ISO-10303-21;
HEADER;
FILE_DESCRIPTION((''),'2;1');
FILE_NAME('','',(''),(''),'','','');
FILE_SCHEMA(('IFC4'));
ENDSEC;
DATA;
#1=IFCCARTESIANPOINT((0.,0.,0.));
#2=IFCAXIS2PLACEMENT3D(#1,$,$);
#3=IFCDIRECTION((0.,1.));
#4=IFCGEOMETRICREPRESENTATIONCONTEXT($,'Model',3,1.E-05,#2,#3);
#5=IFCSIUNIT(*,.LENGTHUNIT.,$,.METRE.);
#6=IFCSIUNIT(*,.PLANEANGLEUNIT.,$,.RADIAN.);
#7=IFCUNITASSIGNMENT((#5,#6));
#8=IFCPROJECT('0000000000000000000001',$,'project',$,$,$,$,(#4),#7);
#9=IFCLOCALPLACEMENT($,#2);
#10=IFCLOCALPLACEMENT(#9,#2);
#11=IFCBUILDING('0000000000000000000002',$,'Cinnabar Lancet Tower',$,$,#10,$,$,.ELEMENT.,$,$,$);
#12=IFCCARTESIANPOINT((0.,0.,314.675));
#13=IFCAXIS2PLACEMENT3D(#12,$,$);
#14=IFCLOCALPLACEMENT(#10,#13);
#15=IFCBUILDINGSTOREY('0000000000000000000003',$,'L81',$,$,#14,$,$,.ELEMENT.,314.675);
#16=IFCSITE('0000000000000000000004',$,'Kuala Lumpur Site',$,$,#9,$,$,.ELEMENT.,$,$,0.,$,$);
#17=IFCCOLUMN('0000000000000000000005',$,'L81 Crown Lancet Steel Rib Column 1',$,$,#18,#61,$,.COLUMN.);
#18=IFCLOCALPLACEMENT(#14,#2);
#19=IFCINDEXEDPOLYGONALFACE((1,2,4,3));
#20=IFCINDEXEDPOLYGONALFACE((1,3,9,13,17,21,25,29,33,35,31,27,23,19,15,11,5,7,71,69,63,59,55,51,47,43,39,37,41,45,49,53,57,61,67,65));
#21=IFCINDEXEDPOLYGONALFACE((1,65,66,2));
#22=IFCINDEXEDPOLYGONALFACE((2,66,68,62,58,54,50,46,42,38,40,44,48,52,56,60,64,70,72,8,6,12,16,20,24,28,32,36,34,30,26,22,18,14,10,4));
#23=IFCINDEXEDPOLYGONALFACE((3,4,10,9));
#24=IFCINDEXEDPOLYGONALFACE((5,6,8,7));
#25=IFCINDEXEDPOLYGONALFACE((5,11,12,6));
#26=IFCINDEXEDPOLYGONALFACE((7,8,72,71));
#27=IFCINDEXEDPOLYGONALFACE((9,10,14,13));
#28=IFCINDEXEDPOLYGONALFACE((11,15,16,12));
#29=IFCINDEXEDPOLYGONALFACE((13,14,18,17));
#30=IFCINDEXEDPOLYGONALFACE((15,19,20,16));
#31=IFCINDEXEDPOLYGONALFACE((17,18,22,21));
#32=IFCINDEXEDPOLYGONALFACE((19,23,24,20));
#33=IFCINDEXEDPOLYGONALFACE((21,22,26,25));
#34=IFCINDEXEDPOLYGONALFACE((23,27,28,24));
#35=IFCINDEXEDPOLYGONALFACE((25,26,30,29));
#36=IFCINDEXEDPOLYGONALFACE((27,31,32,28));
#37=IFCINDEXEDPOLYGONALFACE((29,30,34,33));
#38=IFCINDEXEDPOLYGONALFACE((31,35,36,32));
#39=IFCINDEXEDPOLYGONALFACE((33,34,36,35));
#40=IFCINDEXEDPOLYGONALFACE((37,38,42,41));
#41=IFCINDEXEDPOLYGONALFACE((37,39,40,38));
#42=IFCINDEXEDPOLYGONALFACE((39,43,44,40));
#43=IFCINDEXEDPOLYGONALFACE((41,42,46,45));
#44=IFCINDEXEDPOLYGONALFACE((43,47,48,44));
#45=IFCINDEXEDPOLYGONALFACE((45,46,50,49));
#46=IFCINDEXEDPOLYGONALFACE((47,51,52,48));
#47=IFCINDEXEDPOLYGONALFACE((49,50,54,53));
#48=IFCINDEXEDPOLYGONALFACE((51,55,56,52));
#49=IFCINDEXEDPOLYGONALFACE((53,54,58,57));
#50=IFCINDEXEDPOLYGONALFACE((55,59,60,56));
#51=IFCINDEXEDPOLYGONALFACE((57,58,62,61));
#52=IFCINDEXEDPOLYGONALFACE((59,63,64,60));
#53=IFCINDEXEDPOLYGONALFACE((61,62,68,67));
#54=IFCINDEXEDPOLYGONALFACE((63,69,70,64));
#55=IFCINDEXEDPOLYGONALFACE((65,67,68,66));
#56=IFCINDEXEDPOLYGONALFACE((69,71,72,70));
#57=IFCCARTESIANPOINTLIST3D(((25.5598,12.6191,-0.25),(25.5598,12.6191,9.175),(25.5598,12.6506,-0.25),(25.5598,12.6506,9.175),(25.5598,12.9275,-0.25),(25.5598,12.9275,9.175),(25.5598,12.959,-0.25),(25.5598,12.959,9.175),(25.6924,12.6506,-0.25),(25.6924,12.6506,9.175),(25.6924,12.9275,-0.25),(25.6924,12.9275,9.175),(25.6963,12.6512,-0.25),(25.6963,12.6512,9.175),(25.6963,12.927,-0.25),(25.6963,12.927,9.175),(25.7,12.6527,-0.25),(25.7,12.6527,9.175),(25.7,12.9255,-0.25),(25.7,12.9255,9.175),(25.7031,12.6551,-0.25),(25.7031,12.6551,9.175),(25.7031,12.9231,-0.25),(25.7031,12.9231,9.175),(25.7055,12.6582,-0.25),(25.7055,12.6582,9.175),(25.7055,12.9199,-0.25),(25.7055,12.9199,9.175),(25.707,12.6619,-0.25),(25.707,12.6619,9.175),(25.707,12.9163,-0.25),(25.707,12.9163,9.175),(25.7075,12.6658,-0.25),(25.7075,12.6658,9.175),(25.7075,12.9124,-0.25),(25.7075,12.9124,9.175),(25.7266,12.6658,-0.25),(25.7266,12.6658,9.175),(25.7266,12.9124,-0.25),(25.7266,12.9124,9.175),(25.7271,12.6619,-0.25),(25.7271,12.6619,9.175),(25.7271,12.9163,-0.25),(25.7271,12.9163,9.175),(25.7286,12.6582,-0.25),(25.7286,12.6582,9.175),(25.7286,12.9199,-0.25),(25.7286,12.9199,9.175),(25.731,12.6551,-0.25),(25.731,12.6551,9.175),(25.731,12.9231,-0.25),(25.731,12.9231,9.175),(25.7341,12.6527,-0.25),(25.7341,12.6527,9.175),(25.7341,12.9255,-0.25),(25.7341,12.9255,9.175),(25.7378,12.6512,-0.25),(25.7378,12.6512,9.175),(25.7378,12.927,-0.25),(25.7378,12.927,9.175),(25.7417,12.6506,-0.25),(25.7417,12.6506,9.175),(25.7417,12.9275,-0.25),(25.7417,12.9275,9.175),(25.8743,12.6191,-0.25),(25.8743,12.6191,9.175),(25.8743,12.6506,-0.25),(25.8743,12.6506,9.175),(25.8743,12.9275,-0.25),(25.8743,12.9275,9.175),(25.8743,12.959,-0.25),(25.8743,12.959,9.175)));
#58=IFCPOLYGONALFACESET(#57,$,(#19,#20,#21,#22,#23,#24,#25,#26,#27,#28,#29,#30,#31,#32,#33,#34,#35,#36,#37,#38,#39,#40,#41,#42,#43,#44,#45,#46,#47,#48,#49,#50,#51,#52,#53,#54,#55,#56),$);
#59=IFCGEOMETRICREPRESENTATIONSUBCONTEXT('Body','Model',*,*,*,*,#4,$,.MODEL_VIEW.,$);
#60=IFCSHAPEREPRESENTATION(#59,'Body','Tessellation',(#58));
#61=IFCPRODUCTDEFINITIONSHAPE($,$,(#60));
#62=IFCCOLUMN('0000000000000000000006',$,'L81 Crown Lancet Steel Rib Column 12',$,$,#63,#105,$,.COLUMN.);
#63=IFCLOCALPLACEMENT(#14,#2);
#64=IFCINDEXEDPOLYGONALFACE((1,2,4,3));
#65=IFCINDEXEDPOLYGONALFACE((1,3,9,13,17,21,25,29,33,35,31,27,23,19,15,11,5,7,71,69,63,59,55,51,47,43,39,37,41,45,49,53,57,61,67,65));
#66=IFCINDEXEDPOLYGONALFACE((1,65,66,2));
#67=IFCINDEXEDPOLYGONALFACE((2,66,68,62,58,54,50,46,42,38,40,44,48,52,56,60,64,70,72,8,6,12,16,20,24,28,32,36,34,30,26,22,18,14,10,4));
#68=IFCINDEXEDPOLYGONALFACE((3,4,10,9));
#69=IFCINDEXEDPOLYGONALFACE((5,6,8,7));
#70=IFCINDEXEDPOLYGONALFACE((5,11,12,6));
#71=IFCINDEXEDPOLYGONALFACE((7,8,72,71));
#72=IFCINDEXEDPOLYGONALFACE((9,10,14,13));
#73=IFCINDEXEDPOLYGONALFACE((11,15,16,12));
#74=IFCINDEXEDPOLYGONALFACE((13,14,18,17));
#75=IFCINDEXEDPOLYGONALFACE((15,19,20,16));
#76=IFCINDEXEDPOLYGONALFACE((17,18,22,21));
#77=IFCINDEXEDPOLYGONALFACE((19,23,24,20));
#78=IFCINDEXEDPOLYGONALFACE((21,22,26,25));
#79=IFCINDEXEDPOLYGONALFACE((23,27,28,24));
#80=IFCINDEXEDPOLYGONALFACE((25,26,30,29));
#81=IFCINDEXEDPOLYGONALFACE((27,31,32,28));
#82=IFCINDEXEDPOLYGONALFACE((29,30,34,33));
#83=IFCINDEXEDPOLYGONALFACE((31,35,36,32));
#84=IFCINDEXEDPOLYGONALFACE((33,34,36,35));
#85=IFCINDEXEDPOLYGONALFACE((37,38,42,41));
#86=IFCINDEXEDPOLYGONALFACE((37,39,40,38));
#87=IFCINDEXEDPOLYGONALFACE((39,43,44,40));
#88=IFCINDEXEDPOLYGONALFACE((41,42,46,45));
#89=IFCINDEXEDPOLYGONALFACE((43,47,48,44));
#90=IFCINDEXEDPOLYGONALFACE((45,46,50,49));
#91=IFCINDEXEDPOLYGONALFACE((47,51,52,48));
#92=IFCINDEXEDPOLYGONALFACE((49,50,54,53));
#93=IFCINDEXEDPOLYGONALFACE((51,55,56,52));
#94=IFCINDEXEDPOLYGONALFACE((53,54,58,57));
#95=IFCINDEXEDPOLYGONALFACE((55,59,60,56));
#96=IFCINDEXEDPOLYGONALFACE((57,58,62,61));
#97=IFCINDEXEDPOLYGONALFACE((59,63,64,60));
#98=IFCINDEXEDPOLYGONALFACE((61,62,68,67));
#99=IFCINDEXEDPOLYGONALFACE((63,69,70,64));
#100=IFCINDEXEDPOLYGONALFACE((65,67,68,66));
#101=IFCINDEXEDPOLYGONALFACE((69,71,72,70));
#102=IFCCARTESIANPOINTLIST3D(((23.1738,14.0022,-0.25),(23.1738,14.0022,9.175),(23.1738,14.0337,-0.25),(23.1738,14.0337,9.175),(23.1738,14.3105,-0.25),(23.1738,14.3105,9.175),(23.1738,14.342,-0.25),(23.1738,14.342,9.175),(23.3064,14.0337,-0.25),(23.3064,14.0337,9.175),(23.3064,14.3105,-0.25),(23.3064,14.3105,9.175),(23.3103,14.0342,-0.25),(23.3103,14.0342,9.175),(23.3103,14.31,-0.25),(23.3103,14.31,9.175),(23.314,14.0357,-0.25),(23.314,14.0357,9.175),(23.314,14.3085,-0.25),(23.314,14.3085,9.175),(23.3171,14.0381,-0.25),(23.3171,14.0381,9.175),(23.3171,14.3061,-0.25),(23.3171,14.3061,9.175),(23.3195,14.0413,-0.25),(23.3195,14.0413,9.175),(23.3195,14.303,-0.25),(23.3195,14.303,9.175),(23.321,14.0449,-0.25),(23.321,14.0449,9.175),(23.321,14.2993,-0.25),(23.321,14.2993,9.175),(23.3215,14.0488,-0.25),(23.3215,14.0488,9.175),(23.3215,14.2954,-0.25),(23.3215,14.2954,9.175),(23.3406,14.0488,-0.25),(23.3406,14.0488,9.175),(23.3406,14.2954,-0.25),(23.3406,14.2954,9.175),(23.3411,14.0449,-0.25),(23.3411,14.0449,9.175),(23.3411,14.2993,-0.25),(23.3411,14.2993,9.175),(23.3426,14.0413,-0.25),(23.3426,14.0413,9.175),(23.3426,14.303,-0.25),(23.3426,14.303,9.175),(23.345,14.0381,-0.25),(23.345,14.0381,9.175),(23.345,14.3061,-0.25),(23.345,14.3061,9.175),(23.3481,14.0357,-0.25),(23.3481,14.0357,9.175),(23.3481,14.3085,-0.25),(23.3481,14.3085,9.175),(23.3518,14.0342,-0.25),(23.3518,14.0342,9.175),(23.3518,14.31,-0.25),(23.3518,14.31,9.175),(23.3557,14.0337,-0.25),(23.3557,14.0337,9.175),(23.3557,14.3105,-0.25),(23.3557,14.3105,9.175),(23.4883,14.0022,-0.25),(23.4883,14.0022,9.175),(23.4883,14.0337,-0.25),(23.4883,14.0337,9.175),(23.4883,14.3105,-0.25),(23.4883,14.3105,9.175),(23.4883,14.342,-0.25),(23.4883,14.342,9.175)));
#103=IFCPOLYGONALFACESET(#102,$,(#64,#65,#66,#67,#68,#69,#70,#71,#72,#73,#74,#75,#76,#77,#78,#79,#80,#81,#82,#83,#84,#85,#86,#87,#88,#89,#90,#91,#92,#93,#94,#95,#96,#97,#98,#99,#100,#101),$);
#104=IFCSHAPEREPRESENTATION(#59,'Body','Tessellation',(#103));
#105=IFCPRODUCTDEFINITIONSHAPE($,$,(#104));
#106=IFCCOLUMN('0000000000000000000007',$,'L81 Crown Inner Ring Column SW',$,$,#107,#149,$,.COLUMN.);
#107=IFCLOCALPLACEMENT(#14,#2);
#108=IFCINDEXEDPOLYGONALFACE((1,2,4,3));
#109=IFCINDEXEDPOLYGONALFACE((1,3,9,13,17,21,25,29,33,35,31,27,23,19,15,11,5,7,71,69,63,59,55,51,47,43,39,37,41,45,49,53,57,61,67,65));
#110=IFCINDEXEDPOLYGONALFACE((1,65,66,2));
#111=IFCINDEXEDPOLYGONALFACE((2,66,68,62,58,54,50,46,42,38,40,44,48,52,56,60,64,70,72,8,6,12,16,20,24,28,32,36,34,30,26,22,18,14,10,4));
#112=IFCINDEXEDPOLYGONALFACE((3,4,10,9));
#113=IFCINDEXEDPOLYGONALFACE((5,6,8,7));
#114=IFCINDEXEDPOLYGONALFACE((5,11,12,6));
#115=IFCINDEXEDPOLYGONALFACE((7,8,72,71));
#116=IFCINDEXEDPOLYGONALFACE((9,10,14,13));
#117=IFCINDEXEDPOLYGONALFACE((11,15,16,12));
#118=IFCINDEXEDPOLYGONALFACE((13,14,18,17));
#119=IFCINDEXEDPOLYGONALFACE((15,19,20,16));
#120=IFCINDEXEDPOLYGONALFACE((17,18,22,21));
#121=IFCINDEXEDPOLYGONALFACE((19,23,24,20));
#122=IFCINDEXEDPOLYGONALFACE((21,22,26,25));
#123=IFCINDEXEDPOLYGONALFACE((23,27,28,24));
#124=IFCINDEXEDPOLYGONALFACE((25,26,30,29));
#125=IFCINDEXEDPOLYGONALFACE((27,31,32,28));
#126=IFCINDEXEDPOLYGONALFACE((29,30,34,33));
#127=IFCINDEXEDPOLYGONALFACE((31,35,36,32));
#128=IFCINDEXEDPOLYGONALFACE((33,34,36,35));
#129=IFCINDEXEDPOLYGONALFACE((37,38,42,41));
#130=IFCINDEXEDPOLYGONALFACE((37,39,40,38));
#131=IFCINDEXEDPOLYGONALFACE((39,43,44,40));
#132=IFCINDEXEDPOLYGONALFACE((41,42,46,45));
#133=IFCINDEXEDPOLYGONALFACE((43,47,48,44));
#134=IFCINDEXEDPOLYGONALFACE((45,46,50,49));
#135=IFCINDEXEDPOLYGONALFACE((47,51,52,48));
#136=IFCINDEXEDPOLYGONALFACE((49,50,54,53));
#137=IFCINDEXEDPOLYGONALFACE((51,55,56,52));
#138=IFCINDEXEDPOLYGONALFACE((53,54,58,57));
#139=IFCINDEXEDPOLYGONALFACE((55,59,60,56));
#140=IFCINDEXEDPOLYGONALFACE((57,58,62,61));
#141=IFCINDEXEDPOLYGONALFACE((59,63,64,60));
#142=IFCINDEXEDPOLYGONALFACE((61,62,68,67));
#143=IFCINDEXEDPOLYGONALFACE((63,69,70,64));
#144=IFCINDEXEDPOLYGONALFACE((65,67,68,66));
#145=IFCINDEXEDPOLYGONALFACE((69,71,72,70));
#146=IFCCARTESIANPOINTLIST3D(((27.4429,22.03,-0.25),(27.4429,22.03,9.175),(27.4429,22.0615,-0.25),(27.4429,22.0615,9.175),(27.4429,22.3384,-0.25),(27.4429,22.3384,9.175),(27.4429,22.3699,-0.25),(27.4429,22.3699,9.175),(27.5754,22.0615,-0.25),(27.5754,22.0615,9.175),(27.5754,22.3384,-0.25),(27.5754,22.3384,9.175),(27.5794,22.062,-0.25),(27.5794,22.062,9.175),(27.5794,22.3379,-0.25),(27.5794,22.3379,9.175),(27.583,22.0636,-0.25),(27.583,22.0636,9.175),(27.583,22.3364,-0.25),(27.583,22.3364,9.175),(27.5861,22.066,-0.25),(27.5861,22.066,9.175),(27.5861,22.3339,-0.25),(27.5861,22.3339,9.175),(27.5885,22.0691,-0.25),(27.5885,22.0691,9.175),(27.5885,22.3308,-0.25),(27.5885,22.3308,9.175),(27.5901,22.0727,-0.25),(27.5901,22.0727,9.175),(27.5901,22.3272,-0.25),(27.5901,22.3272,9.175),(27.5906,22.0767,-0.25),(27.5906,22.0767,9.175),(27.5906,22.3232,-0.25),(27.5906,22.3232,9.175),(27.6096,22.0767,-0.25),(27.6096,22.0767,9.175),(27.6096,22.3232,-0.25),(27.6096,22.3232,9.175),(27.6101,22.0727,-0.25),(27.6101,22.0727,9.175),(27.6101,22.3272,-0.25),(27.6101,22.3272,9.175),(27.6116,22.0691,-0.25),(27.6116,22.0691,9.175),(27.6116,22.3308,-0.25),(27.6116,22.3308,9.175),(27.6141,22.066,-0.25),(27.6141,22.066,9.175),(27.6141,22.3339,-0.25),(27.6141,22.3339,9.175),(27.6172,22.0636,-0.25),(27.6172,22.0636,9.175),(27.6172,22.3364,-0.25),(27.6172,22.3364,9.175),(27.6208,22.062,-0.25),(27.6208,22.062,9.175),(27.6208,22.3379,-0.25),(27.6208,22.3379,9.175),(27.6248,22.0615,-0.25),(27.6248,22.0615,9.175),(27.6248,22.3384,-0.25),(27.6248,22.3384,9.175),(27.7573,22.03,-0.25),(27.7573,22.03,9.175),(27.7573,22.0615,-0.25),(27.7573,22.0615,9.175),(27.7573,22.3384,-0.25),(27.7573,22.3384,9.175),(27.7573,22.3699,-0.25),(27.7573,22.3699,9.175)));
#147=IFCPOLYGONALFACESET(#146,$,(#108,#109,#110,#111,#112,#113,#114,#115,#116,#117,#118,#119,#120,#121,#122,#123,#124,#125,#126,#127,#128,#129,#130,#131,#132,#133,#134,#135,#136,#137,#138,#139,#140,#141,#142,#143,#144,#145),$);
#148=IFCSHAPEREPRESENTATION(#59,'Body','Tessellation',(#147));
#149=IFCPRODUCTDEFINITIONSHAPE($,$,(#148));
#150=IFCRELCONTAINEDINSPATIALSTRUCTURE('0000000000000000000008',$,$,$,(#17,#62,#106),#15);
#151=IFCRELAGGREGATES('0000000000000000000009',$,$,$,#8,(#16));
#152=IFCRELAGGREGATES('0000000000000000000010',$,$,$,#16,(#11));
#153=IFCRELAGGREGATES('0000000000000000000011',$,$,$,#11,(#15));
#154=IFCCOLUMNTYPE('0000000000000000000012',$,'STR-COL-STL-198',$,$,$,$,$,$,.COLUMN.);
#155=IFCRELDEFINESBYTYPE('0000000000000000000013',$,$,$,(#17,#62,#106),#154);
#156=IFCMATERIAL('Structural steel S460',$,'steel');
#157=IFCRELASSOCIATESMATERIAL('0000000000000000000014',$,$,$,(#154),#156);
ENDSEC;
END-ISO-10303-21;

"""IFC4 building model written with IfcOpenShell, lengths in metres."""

from ifc_helpers import new_model, si_unit, direction, frame, origin, origin_2d, place, context, subcontext, project, spatial, i_section, extrude, material, material_profile, profile_set, type_object, element, save


model = new_model("IFC4")

# Units and contexts
model_context = context("Model", 3, precision=1e-05, world=origin(), true_north=direction((0.0, 1.0)))
body_context = subcontext(model_context, "Body", "Model", "MODEL_VIEW")
ifc_project = project(units=[si_unit("LENGTHUNIT", "METRE"), si_unit("PLANEANGLEUNIT", "RADIAN")], contexts=[model_context])

# Site, building, storey
site_placement = place(None, origin())
site = spatial("IfcSite", under=ifc_project, at=site_placement, Name="Kuala Lumpur Site", CompositionType="ELEMENT", RefElevation=0.0)
building_placement = place(site_placement, origin())
building = spatial("IfcBuilding", under=site, at=building_placement, Name="Cinnabar Lancet Tower", CompositionType="ELEMENT")
storey_placement = place(building_placement, frame((0.0, 0.0, 314.675)))
storey = spatial("IfcBuildingStorey", under=building, at=storey_placement, Name="L81", CompositionType="ELEMENT", Elevation=314.675)

# Columns
ifc_material_1 = material(Name="Structural steel S460", Category="steel")
ifc_material_profile_1 = material_profile(ifc_material_1, i_section(OverallWidth=0.3145, OverallDepth=0.3398, WebThickness=0.019, FlangeThickness=0.0315, FilletRadius=0.0151, at=origin_2d()), Name="UKC 305x305x198")
ifc_profile_set_1 = profile_set([ifc_material_profile_1], Name="Structural steel S460")
column_type = type_object("IfcColumnType", Name="STR-COL-STL-198", PredefinedType="COLUMN", material=ifc_profile_set_1)
for number, where, z_axis, x_axis, name in (
    (1, (25.717, 12.7891, -0.25), (0.0, 0.0, 1.0), (1.0, 0.0, 0.0), "L81 Crown Lancet Steel Rib Column 1"),
    (2, (23.3311, 14.1721, -0.25), (0.0, 0.0, 1.0), (1.0, 0.0, 0.0), "L81 Crown Lancet Steel Rib Column 12"),
    (3, (27.6001, 22.2, -0.25), (0.0, 0.0, 1.0), (1.0, 0.0, 0.0), "L81 Crown Inner Ring Column SW"),
):
    element("IfcColumn", number, at=place(storey_placement, frame(where, z_axis=z_axis, x_axis=x_axis)), inside=storey, type_object=column_type, Name=name, PredefinedType="COLUMN", context=body_context, shape_type="SweptSolid", body=[
        extrude(i_section(OverallWidth=0.3145, OverallDepth=0.3398, WebThickness=0.019, FlangeThickness=0.0315, FilletRadius=0.0151, at=origin_2d()), origin(), (0.0, 0.0, 1.0), 9.425),
    ])

save(model, "model.ifc")
